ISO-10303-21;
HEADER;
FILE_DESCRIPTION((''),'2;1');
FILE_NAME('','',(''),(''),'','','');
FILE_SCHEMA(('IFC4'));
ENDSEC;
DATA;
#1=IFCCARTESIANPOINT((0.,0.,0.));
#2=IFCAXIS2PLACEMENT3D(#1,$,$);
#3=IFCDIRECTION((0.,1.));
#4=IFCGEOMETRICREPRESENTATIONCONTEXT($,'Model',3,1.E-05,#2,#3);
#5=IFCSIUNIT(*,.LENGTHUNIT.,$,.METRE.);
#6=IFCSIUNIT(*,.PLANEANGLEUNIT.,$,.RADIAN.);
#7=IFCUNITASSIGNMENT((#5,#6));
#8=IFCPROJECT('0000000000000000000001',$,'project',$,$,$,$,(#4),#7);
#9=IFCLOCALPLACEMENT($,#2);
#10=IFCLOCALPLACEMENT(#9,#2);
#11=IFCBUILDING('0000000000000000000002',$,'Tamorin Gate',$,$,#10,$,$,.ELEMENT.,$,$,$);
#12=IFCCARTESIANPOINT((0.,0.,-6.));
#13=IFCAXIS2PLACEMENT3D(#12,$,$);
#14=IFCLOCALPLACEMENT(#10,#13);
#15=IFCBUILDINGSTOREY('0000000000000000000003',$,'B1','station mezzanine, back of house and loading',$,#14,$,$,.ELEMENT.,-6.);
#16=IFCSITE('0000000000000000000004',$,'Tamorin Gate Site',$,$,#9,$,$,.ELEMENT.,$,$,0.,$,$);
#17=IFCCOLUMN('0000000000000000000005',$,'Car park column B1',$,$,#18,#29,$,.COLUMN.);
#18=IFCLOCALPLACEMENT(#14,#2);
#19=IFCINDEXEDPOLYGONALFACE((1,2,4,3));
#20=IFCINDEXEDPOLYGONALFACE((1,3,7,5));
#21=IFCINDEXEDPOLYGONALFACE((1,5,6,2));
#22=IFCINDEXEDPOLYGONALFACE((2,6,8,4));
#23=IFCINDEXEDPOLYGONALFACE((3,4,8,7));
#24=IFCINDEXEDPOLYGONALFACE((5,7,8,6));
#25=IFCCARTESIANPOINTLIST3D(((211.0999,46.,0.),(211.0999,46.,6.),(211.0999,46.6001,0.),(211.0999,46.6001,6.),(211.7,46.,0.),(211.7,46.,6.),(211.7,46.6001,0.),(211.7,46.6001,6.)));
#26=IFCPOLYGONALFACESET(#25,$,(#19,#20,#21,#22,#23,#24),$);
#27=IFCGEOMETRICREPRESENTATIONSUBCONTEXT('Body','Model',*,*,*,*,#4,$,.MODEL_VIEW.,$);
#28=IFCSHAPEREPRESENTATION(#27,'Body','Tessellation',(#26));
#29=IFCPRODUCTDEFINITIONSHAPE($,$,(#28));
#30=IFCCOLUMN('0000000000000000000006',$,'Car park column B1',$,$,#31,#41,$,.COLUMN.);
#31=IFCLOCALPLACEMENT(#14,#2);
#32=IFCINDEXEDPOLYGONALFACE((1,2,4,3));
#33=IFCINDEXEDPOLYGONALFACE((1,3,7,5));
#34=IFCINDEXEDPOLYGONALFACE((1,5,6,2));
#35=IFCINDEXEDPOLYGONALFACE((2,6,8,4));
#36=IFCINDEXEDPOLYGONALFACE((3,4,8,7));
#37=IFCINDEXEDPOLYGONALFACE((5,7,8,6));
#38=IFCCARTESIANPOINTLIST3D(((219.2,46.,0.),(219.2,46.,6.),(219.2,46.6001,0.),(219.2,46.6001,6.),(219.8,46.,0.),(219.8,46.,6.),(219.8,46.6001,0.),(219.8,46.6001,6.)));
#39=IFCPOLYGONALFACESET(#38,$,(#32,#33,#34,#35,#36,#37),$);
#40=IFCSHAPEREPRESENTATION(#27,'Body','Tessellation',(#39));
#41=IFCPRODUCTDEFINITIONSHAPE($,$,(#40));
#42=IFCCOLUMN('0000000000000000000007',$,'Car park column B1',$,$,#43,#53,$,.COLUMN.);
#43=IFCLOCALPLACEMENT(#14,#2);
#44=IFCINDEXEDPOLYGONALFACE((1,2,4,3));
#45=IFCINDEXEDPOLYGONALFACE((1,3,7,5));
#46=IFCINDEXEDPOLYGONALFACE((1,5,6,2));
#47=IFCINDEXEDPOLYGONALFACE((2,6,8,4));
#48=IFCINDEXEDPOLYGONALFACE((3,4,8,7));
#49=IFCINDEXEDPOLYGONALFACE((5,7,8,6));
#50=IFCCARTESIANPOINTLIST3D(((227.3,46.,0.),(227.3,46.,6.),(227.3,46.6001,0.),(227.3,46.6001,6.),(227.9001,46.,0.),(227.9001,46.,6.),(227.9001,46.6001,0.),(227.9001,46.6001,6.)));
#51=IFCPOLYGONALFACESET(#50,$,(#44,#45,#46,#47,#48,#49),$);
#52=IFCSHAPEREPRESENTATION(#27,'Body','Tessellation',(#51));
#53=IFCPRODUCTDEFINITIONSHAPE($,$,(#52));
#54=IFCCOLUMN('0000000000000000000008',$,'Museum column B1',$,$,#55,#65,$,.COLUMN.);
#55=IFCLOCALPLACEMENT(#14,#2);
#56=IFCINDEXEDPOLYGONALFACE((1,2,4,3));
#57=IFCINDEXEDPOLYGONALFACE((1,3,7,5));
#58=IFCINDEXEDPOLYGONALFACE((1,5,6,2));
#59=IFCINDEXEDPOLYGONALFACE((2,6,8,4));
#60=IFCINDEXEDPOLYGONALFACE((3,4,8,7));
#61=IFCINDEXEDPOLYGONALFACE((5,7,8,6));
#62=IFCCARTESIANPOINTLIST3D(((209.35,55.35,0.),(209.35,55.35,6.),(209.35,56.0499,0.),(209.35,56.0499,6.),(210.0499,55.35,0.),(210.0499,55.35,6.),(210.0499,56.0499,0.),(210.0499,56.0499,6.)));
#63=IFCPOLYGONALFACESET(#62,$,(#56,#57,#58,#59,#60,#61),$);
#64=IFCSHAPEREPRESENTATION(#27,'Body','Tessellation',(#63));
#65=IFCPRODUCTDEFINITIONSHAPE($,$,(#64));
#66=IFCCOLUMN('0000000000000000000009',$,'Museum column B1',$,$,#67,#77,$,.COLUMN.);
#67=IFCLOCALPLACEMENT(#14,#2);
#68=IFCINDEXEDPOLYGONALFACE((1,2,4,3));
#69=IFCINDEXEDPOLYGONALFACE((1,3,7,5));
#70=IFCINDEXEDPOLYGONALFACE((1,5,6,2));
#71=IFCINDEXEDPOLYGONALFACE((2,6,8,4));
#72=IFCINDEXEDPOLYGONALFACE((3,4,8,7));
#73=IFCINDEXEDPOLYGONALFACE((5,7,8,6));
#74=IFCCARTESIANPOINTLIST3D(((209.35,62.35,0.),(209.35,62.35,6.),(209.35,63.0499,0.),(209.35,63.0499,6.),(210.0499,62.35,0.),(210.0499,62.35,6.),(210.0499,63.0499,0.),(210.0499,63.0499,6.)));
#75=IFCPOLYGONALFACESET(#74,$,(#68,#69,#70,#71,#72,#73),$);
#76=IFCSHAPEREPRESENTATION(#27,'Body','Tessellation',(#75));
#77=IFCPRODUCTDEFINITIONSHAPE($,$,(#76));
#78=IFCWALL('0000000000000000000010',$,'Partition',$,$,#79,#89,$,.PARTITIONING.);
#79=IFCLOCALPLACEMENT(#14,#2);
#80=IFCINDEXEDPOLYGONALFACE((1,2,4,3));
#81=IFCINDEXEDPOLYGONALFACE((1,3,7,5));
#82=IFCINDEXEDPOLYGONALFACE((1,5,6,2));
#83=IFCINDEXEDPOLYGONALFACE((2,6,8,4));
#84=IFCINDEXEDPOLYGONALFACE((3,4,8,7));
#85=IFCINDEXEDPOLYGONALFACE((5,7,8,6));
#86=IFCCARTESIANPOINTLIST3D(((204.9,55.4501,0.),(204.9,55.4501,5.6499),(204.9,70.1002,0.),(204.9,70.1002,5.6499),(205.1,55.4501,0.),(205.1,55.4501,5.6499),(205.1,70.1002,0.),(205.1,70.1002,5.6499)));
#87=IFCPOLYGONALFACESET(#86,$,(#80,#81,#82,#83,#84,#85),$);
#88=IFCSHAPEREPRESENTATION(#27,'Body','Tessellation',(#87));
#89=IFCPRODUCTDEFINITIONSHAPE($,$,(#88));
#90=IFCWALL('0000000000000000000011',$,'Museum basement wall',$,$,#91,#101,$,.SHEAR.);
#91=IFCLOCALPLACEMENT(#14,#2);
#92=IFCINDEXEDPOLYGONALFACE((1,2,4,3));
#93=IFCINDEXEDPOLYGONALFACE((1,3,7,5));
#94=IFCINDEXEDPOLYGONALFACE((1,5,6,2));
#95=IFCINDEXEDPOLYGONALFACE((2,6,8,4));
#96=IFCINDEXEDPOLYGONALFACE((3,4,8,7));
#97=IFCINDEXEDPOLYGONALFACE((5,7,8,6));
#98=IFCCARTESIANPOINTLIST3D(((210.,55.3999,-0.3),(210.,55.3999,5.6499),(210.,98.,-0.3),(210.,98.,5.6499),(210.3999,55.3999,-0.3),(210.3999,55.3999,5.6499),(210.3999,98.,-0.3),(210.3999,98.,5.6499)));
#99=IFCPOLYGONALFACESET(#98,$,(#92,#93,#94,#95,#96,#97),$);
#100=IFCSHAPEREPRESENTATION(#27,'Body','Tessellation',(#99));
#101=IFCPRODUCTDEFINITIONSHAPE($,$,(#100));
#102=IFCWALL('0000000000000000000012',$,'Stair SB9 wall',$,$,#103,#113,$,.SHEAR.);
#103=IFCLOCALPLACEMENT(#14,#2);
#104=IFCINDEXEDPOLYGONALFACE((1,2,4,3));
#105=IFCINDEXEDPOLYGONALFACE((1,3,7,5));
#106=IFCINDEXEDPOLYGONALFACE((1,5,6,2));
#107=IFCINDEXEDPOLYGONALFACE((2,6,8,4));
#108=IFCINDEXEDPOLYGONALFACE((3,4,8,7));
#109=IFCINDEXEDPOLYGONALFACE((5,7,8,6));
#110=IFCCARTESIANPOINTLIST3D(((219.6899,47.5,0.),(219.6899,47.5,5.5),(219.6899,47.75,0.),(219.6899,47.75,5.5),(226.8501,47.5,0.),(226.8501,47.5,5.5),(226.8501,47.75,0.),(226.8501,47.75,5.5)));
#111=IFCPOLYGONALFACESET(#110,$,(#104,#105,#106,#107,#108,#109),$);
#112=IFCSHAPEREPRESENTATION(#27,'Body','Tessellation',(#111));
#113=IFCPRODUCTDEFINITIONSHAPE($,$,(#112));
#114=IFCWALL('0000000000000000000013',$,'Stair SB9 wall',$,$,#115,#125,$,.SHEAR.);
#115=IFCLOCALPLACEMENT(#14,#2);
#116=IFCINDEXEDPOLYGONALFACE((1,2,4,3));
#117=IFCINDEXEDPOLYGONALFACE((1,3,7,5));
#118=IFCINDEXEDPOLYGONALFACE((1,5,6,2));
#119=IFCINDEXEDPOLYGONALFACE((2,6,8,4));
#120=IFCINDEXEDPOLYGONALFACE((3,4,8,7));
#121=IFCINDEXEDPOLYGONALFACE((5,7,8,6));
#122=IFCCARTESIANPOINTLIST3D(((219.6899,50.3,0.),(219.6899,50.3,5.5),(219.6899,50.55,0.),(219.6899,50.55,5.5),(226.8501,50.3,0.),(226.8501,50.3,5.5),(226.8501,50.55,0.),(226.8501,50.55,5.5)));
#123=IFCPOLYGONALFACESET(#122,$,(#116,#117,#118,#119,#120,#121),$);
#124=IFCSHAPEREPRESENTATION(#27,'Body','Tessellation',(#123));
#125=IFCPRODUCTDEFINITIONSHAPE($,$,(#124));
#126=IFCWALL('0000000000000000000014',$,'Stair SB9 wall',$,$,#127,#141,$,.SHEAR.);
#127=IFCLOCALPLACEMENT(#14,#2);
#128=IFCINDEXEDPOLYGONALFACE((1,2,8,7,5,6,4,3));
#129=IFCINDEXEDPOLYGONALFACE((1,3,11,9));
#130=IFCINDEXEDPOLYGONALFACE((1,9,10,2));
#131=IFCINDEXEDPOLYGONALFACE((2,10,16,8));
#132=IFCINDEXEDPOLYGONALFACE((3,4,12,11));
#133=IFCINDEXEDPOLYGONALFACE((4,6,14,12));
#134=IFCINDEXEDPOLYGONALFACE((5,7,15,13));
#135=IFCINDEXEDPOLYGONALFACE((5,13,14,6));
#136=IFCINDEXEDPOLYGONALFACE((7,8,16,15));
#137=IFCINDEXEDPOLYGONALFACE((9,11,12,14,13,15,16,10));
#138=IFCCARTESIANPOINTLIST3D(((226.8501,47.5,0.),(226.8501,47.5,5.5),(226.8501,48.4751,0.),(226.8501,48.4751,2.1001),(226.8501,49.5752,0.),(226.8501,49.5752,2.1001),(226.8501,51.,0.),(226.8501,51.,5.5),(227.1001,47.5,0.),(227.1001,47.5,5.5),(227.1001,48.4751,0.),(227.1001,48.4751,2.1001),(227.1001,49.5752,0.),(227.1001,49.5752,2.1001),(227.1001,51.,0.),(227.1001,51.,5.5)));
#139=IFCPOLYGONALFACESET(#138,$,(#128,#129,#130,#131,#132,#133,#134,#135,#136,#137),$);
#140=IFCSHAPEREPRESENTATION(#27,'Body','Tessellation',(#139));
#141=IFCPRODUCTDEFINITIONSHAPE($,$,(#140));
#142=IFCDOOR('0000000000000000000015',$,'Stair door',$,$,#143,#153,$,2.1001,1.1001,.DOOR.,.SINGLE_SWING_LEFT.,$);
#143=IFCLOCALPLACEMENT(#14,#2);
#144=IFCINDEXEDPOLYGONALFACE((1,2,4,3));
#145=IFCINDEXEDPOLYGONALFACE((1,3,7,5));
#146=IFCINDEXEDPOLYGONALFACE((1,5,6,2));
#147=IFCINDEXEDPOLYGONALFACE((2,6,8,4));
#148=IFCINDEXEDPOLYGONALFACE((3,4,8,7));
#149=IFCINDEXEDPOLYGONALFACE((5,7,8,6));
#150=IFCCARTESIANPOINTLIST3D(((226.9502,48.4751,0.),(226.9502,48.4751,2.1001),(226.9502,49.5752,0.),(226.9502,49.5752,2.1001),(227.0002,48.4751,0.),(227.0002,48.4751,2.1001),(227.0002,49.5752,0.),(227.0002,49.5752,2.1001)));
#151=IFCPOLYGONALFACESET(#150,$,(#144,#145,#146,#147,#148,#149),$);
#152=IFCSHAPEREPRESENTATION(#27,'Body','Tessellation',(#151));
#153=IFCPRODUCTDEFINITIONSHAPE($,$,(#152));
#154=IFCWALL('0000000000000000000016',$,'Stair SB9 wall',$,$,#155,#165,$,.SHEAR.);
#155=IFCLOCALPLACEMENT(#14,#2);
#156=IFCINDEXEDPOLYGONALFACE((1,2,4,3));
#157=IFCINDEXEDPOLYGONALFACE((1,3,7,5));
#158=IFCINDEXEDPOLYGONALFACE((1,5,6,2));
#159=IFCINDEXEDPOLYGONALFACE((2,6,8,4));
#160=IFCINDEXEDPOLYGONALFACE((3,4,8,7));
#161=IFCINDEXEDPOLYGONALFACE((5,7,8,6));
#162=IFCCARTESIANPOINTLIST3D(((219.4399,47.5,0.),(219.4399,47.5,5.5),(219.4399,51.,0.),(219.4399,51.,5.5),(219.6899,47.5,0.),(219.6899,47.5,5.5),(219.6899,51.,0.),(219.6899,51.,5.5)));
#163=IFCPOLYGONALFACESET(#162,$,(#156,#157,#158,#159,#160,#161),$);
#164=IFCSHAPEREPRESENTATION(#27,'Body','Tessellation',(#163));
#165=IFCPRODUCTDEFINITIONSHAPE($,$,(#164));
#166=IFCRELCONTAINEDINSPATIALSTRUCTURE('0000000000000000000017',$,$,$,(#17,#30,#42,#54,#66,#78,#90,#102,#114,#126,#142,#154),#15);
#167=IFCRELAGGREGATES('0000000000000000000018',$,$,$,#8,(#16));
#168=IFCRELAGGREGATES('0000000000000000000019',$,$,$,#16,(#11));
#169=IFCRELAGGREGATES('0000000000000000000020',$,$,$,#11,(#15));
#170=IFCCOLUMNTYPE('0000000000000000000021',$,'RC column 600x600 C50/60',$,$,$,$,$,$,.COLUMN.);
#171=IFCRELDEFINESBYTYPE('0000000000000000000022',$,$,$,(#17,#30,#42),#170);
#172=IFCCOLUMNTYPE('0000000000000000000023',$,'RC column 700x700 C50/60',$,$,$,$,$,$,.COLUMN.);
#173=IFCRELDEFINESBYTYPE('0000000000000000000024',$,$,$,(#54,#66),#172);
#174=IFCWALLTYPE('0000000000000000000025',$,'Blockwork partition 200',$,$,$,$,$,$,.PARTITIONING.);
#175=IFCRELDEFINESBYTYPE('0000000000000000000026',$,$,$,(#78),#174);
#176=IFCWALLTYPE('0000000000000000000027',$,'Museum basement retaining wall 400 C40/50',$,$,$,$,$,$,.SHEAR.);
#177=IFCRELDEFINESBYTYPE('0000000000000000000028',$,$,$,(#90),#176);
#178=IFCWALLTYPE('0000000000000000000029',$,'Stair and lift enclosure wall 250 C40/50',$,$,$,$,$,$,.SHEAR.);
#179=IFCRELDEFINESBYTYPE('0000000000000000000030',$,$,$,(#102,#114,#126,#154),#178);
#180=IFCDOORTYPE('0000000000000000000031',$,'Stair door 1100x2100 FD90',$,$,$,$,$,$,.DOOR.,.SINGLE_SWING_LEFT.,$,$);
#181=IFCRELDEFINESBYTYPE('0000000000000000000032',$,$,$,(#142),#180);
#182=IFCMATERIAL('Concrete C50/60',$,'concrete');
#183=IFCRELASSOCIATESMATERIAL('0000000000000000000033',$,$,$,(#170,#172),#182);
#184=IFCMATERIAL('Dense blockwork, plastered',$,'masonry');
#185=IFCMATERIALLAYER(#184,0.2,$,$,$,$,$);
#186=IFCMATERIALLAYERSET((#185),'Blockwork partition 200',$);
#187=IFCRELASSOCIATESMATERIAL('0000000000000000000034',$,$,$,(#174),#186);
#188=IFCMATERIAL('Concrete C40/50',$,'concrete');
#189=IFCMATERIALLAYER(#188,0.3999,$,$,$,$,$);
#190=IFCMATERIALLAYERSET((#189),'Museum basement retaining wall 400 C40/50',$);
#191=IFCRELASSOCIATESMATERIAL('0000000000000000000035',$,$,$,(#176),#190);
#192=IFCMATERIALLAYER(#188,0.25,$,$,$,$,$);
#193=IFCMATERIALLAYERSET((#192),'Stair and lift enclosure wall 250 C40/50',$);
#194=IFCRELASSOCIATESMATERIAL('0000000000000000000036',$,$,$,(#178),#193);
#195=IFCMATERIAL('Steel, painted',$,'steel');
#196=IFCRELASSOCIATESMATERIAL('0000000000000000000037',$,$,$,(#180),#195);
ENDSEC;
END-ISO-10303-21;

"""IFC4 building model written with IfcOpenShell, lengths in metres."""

from ifc_helpers import new_model, si_unit, direction, frame, frame_2d, origin, origin_2d, place, context, subcontext, project, spatial, rectangle, extrude, material, layer, layer_set, material_profile, profile_set, type_object, element, fill, save


model = new_model("IFC4")

# Units and contexts
model_context = context("Model", 3, precision=1e-05, world=origin(), true_north=direction((0.0, 1.0)))
body_context = subcontext(model_context, "Body", "Model", "MODEL_VIEW")
ifc_project = project(units=[si_unit("LENGTHUNIT", "METRE"), si_unit("PLANEANGLEUNIT", "RADIAN")], contexts=[model_context])

# Site, building, storey
site_placement = place(None, origin())
site = spatial("IfcSite", under=ifc_project, at=site_placement, Name="Tamorin Gate Site", CompositionType="ELEMENT", RefElevation=0.0)
building_placement = place(site_placement, origin())
building = spatial("IfcBuilding", under=site, at=building_placement, Name="Tamorin Gate", CompositionType="ELEMENT")
storey_placement = place(building_placement, frame((0.0, 0.0, -6.0)))
storey = spatial("IfcBuildingStorey", under=building, at=storey_placement, Name="B1", Description="station mezzanine, back of house and loading", CompositionType="ELEMENT", Elevation=-6.0)

# Shared definitions
ifc_material_1 = material(Name="Concrete C40/50", Category="concrete")

# Columns
ifc_material_2 = material(Name="Concrete C50/60", Category="concrete")
ifc_material_profile_1 = material_profile(ifc_material_2, rectangle(XDim=0.6001, YDim=0.6001, at=origin_2d()))
ifc_profile_set_1 = profile_set([ifc_material_profile_1], Name="Concrete C50/60")
column_type_1 = type_object("IfcColumnType", Name="RC column 600x600 C50/60", PredefinedType="COLUMN", material=ifc_profile_set_1)
for number, where, z_axis, x_axis, name in (
    (1, (211.3999, 46.3, 0.0), (0.0, 0.0, 1.0), (1.0, 0.0, 0.0), "Car park column B1"),
    (2, (219.5, 46.3, 0.0), (0.0, 0.0, 1.0), (1.0, 0.0, 0.0), "Car park column B1"),
    (3, (227.6001, 46.3, 0.0), (0.0, 0.0, 1.0), (1.0, 0.0, 0.0), "Car park column B1"),
):
    element("IfcColumn", number, at=place(storey_placement, frame(where, z_axis=z_axis, x_axis=x_axis)), inside=storey, type_object=column_type_1, Name=name, PredefinedType="COLUMN", context=body_context, shape_type="SweptSolid", body=[
        extrude(rectangle(XDim=0.6001, YDim=0.6001, at=origin_2d()), origin(), (0.0, 0.0, 1.0), 6.0),
    ])
ifc_material_profile_2 = material_profile(ifc_material_2, rectangle(XDim=0.7, YDim=0.7, at=origin_2d()), Name="RC 700x700")
ifc_profile_set_2 = profile_set([ifc_material_profile_2], Name="Concrete C50/60")
column_type_2 = type_object("IfcColumnType", Name="RC column 700x700 C50/60", PredefinedType="COLUMN", material=ifc_profile_set_2)
for number, where, z_axis, x_axis, name in (
    (4, (209.7, 55.7, 0.0), (0.0, 0.0, 1.0), (1.0, 0.0, 0.0), "Museum column B1"),
    (5, (209.7, 62.7, 0.0), (0.0, 0.0, 1.0), (1.0, 0.0, 0.0), "Museum column B1"),
):
    element("IfcColumn", number, at=place(storey_placement, frame(where, z_axis=z_axis, x_axis=x_axis)), inside=storey, type_object=column_type_2, Name=name, PredefinedType="COLUMN", context=body_context, shape_type="SweptSolid", body=[
        extrude(rectangle(XDim=0.7, YDim=0.7, at=origin_2d()), origin(), (0.0, 0.0, 1.0), 6.0),
    ])

# Walls
ifc_material_3 = material(Name="Dense blockwork, plastered", Category="masonry")
ifc_layer_1 = layer(ifc_material_3, 0.2)
ifc_layer_set_1 = layer_set([ifc_layer_1], Name="Blockwork partition 200")
wall_type_1 = type_object("IfcWallType", Name="Blockwork partition 200", PredefinedType="PARTITIONING", material=ifc_layer_set_1)
wall_1_placement = place(storey_placement, frame((205.0, 55.45, 0.0), z_axis=(0.0, 0.0, 1.0), x_axis=(0.0, 1.0, 0.0)))
element("IfcWall", 6, at=wall_1_placement, inside=storey, type_object=wall_type_1, Name="Partition", PredefinedType="PARTITIONING", context=body_context, shape_type="SweptSolid", body=[
    extrude(rectangle(XDim=14.6501, YDim=0.2, at=frame_2d((7.3252, 0.0))), origin(), (0.0, 0.0, 1.0), 5.6499),
])
ifc_layer_2 = layer(ifc_material_1, 0.3999)
ifc_layer_set_2 = layer_set([ifc_layer_2], Name="Museum basement retaining wall 400 C40/50")
wall_type_2 = type_object("IfcWallType", Name="Museum basement retaining wall 400 C40/50", PredefinedType="SHEAR", material=ifc_layer_set_2)
wall_2_placement = place(storey_placement, frame((210.2, 55.3999, -0.3), z_axis=(0.0, 0.0, 1.0), x_axis=(0.0, 1.0, 0.0)))
element("IfcWall", 7, at=wall_2_placement, inside=storey, type_object=wall_type_2, Name="Museum basement wall", PredefinedType="SHEAR", context=body_context, shape_type="SweptSolid", body=[
    extrude(rectangle(XDim=42.6001, YDim=0.3999, at=frame_2d((21.3, 0.0))), origin(), (0.0, 0.0, 1.0), 5.95),
])
ifc_layer_3 = layer(ifc_material_1, 0.25)
ifc_layer_set_3 = layer_set([ifc_layer_3], Name="Stair and lift enclosure wall 250 C40/50")
wall_type_3 = type_object("IfcWallType", Name="Stair and lift enclosure wall 250 C40/50", PredefinedType="SHEAR", material=ifc_layer_set_3)
for number, where, z_axis, x_axis, name in (
    (8, (219.6899, 47.625, 0.0), (0.0, 0.0, 1.0), (1.0, 0.0, 0.0), "Stair SB9 wall"),
    (9, (219.6899, 50.425, 0.0), (0.0, 0.0, 1.0), (1.0, 0.0, 0.0), "Stair SB9 wall"),
):
    element("IfcWall", number, at=place(storey_placement, frame(where, z_axis=z_axis, x_axis=x_axis)), inside=storey, type_object=wall_type_3, Name=name, PredefinedType="SHEAR", context=body_context, shape_type="SweptSolid", body=[
        extrude(rectangle(XDim=7.1602, YDim=0.25, at=frame_2d((3.5801, 0.0))), origin(), (0.0, 0.0, 1.0), 5.5),
    ])

# Wall, opening, door
wall_3_placement = place(storey_placement, frame((226.9751, 47.5, 0.0), z_axis=(0.0, 0.0, 1.0), x_axis=(0.0, 1.0, 0.0)))
wall_3 = element("IfcWall", 10, at=wall_3_placement, inside=storey, type_object=wall_type_3, Name="Stair SB9 wall", PredefinedType="SHEAR", context=body_context, shape_type="SweptSolid", body=[
    extrude(rectangle(XDim=3.5, YDim=0.25, at=frame_2d((1.75, 0.0))), origin(), (0.0, 0.0, 1.0), 5.5),
])
opening_1_placement = place(wall_3_placement, frame((0.9751, 0.0, 0.0)))
opening_1 = element("IfcOpeningElement", 11, at=opening_1_placement, cuts=wall_3, PredefinedType="OPENING", context=body_context, shape_type="SweptSolid", body=[
    extrude(rectangle(XDim=1.1001, YDim=2.1001, at=frame_2d((0.55, 1.05))), frame((0.0, 0.135, 0.0), z_axis=(0.0, -1.0, 0.0), x_axis=(1.0, 0.0, 0.0)), (0.0, 0.0, 1.0), 0.27),
])
ifc_material_4 = material(Name="Steel, painted", Category="steel")
door_type_1 = type_object("IfcDoorType", Name="Stair door 1100x2100 FD90", OperationType="SINGLE_SWING_LEFT", PredefinedType="DOOR", material=ifc_material_4)
door_1_placement = place(opening_1_placement, origin())
door_1 = element("IfcDoor", 12, at=door_1_placement, inside=storey, type_object=door_type_1, Name="Stair door", OperationType="SINGLE_SWING_LEFT", OverallHeight=2.1001, OverallWidth=1.1001, PredefinedType="DOOR", context=body_context, shape_type="SweptSolid", body=[
    extrude(rectangle(XDim=1.1001, YDim=2.1001, at=frame_2d((0.55, 1.05))), frame((0.0, 0.0249, 0.0), z_axis=(0.0, -1.0, 0.0), x_axis=(1.0, 0.0, 0.0)), (0.0, 0.0, 1.0), 0.05),
])
fill(opening_1, door_1)

# Wall
wall_4_placement = place(storey_placement, frame((219.5649, 47.5, 0.0), z_axis=(0.0, 0.0, 1.0), x_axis=(0.0, 1.0, 0.0)))
element("IfcWall", 13, at=wall_4_placement, inside=storey, type_object=wall_type_3, Name="Stair SB9 wall", PredefinedType="SHEAR", context=body_context, shape_type="SweptSolid", body=[
    extrude(rectangle(XDim=3.5, YDim=0.25, at=frame_2d((1.75, 0.0))), origin(), (0.0, 0.0, 1.0), 5.5),
])

save(model, "model.ifc")
